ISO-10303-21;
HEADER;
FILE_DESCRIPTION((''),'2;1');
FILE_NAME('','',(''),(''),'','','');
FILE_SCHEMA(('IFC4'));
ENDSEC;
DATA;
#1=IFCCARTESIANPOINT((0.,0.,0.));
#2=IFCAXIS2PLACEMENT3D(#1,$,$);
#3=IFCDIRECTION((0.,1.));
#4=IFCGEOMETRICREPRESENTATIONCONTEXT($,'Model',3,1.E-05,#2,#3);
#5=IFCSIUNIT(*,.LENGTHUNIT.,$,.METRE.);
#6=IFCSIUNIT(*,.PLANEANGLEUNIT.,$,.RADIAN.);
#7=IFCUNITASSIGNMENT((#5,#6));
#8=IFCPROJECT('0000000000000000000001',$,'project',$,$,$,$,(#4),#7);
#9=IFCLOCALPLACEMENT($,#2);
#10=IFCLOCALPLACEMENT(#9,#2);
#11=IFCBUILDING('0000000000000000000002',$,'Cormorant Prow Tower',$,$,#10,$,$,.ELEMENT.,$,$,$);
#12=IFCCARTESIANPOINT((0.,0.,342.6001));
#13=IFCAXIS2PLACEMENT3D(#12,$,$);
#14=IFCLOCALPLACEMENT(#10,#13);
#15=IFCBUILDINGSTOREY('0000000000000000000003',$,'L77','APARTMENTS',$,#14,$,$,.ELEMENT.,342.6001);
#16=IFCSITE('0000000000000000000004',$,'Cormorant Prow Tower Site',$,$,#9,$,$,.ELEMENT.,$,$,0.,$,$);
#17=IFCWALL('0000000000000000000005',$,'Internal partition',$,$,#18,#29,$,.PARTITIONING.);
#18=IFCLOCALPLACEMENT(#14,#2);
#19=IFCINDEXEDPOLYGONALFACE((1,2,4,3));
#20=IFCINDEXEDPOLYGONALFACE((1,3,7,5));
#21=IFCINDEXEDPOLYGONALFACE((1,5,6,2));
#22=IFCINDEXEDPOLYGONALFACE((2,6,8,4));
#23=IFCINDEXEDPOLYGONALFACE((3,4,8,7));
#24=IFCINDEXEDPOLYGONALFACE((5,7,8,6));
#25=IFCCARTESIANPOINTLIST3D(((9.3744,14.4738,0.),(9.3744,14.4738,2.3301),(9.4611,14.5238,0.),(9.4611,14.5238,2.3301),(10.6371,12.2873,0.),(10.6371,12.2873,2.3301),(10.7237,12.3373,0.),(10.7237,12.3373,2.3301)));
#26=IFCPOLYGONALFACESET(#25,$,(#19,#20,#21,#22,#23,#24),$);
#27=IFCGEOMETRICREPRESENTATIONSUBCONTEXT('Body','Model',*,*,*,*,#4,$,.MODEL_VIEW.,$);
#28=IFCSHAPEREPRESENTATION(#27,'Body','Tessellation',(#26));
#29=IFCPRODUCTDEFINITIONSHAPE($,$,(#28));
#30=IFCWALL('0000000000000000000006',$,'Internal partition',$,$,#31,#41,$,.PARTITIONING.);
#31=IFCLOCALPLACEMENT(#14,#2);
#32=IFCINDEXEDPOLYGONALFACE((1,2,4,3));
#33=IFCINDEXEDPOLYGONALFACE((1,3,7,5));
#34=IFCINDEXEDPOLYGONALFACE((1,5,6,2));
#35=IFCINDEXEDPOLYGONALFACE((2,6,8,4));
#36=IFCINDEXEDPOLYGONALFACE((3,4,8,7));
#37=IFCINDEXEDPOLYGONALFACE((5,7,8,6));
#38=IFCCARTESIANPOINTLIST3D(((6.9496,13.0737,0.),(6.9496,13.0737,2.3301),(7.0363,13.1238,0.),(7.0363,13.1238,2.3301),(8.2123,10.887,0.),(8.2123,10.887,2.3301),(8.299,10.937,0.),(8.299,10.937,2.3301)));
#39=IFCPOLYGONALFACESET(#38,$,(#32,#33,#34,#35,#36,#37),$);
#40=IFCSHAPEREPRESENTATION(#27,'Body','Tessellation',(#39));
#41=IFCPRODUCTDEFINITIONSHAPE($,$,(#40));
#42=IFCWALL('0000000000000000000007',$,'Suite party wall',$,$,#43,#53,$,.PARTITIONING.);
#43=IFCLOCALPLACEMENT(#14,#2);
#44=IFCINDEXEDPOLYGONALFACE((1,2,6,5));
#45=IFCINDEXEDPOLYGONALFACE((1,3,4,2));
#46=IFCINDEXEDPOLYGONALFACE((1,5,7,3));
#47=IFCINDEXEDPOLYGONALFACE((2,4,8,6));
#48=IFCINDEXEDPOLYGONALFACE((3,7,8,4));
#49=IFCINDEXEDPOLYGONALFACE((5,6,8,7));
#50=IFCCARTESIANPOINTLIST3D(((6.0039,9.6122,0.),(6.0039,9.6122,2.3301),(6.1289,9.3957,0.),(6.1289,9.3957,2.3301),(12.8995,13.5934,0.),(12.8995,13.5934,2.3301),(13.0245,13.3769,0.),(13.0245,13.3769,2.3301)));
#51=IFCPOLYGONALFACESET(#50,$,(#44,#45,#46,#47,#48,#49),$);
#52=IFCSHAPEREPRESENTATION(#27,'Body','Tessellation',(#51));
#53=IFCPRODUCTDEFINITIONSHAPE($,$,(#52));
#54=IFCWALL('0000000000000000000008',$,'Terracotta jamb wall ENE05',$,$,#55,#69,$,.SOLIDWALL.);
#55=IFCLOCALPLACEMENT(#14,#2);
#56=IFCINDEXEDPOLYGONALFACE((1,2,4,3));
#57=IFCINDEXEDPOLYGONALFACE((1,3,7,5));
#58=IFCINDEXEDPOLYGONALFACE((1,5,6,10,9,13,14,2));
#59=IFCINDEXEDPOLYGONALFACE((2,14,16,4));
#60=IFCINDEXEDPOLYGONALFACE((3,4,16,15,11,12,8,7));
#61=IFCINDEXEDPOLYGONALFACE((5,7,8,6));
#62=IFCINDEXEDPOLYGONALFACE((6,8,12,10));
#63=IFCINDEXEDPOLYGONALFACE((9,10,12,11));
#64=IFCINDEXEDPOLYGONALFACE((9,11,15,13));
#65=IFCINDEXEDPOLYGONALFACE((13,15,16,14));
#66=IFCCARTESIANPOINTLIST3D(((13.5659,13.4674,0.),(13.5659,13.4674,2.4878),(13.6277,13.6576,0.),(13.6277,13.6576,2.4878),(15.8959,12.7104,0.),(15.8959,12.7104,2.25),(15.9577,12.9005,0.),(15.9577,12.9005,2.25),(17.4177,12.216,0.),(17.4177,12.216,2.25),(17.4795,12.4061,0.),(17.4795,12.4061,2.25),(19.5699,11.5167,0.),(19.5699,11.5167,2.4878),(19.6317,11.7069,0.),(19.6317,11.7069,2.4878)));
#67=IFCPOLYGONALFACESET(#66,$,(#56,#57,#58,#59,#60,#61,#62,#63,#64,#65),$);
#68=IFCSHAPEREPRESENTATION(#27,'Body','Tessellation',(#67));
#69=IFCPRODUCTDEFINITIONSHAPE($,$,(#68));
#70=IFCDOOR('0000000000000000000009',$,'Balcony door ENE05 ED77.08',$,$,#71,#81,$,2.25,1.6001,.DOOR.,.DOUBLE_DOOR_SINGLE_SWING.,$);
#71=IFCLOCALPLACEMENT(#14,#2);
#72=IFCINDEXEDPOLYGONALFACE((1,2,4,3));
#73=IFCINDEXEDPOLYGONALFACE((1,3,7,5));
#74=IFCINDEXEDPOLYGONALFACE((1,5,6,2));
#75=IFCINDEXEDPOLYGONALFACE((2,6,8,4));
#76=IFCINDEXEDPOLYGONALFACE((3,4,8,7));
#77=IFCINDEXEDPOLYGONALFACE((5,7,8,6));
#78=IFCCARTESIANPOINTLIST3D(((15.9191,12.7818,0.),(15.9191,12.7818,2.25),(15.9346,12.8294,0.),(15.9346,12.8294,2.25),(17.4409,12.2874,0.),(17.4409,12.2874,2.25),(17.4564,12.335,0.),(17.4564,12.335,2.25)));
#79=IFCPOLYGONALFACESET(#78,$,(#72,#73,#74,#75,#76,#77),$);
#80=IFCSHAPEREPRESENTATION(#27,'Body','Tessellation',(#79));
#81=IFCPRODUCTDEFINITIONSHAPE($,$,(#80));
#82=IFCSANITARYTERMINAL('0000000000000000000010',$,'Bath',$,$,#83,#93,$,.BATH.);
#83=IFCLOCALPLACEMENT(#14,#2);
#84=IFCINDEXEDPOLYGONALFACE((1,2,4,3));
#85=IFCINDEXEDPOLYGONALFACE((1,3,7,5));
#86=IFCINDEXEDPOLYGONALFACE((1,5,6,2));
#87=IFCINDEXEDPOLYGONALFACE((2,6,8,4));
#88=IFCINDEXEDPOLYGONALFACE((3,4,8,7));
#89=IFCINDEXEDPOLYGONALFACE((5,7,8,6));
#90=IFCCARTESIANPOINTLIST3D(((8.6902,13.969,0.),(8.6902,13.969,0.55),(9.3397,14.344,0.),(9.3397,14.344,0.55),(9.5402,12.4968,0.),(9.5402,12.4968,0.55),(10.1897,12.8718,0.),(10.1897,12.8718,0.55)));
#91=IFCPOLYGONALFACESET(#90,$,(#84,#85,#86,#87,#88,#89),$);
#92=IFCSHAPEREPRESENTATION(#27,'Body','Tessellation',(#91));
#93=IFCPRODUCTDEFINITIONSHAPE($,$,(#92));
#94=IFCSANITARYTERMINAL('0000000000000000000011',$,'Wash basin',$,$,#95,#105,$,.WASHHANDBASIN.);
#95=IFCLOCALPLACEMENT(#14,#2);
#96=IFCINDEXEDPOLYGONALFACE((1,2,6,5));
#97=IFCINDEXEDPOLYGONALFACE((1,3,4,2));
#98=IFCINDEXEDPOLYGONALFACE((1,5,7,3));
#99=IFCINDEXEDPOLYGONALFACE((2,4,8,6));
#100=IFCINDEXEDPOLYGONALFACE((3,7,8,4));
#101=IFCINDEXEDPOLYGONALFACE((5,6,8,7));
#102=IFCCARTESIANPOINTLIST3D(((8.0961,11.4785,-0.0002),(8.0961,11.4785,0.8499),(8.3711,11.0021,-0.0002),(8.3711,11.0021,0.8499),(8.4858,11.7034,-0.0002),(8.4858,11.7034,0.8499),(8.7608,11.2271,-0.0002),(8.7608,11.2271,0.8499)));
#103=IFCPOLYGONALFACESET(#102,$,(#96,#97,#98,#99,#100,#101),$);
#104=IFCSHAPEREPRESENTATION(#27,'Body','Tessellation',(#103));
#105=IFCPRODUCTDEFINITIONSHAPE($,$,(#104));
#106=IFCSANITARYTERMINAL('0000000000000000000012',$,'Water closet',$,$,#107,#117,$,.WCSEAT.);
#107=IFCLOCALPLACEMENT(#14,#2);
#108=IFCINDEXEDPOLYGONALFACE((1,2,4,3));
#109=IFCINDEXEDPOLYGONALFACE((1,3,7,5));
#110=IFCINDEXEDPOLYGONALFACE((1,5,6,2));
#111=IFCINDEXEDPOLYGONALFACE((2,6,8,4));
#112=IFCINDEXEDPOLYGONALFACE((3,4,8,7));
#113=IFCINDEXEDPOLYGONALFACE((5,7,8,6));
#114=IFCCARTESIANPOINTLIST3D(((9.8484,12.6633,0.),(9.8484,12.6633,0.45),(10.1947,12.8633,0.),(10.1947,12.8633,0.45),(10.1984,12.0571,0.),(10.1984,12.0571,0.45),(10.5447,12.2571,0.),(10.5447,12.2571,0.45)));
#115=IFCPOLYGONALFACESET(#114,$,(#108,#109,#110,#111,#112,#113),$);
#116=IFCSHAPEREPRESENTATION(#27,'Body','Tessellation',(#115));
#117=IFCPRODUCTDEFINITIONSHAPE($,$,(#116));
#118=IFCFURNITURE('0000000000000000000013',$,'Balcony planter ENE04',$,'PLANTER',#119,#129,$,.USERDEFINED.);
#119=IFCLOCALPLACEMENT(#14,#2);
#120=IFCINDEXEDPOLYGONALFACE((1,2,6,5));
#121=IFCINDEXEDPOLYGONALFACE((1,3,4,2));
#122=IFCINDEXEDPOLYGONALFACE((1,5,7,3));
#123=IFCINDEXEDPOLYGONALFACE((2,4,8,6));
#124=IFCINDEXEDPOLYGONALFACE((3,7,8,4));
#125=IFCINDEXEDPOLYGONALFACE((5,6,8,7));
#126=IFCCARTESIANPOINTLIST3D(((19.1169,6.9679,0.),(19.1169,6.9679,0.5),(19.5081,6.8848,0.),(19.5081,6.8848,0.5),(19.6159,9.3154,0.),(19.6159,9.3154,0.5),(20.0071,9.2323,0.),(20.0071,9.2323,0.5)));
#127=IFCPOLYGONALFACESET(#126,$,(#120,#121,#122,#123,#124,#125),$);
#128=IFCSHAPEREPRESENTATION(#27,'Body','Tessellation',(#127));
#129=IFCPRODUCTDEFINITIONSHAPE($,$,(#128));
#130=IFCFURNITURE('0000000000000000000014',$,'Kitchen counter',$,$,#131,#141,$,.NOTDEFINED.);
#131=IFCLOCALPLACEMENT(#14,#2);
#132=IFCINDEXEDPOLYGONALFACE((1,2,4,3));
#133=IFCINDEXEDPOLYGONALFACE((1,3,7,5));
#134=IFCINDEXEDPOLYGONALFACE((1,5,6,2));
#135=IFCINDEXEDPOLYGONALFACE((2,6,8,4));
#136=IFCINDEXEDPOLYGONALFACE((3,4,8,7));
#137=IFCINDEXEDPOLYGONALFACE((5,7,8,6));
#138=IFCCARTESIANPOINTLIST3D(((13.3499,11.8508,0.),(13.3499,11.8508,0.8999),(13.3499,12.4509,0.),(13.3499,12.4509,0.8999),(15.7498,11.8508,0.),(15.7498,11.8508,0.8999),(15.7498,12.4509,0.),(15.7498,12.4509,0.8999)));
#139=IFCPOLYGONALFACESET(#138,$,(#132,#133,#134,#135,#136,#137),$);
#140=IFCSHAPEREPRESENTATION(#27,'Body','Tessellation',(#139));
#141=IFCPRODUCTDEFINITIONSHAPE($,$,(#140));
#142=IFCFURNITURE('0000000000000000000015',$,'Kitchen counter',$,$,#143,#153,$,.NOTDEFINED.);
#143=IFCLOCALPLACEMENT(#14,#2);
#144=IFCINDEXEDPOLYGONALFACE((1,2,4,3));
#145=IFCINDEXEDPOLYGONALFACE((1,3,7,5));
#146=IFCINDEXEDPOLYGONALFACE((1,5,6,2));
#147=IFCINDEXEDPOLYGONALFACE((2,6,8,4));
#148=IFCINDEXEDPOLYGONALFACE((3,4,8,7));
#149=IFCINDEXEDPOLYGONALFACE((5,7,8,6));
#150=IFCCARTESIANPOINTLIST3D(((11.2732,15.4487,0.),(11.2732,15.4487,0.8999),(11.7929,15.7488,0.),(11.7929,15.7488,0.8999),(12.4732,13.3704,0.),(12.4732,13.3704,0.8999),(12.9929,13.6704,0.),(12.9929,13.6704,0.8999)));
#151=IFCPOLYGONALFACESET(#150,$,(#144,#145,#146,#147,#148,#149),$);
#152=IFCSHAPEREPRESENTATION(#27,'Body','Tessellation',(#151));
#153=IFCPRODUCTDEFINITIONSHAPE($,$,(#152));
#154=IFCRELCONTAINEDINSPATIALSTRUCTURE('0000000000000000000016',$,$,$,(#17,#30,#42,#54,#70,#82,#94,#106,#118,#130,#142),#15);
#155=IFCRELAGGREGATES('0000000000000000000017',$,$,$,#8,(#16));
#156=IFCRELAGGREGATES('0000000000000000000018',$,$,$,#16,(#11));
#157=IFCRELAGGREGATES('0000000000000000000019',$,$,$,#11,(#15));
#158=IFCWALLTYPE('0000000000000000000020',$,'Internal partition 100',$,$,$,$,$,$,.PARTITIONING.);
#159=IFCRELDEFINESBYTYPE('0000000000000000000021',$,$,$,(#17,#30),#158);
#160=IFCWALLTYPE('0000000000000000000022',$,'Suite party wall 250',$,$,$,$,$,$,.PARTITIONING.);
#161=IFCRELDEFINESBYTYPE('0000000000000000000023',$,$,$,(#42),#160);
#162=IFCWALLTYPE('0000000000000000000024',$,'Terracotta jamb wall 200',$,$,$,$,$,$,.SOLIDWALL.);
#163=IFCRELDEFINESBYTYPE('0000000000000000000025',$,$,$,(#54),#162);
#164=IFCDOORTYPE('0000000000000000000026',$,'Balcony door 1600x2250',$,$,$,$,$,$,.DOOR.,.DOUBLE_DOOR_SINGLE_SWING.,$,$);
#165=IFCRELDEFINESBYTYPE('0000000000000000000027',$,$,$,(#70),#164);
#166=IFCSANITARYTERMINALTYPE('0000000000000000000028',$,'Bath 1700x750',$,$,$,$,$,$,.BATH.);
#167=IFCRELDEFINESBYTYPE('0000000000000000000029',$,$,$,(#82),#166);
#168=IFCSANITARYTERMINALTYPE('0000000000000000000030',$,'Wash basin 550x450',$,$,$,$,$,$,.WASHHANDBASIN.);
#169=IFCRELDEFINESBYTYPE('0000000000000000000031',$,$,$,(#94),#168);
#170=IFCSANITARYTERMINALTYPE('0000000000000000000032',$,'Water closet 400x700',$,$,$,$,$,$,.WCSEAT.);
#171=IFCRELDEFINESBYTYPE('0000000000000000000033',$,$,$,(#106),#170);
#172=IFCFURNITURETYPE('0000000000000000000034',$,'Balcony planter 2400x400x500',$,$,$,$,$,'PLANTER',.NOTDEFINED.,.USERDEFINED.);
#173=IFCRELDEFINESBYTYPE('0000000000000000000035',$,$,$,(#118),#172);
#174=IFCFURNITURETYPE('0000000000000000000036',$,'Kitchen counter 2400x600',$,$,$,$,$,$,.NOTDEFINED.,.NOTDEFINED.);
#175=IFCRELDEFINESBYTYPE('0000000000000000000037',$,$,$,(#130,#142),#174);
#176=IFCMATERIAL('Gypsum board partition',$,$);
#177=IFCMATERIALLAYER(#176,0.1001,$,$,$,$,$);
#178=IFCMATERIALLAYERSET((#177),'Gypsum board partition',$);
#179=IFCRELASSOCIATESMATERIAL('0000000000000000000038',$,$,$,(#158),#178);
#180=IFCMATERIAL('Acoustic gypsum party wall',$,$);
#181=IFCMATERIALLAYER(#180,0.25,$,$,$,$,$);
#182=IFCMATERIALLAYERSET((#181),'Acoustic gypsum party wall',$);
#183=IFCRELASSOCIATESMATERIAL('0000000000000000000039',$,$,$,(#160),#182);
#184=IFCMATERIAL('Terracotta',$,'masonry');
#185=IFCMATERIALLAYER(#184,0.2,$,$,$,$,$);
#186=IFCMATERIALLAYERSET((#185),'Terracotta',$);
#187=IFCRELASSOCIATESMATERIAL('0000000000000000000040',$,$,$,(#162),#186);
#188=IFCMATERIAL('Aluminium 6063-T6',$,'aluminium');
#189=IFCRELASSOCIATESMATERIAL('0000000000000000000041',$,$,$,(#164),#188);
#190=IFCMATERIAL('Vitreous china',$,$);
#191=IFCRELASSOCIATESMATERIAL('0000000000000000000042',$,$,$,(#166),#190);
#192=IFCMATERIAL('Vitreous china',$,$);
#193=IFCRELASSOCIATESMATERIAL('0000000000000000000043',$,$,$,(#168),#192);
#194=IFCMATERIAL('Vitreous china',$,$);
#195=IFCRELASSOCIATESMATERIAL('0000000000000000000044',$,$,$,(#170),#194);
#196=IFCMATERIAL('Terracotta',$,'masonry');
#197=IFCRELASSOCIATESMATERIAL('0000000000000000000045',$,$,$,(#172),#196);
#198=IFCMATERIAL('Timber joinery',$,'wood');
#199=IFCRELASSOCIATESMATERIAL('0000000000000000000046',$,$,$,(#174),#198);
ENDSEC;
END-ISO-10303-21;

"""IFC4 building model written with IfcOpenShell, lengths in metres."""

from ifc_helpers import new_model, si_unit, direction, frame, frame_2d, origin, origin_2d, place, context, subcontext, project, spatial, rectangle, extrude, material, layer, layer_set, type_object, element, fill, save


model = new_model("IFC4")

# Units and contexts
model_context = context("Model", 3, precision=1e-05, world=origin(), true_north=direction((0.0, 1.0)))
body_context = subcontext(model_context, "Body", "Model", "MODEL_VIEW")
ifc_project = project(units=[si_unit("LENGTHUNIT", "METRE"), si_unit("PLANEANGLEUNIT", "RADIAN")], contexts=[model_context])

# Site, building, storey
site_placement = place(None, origin())
site = spatial("IfcSite", under=ifc_project, at=site_placement, Name="Cormorant Prow Tower Site", CompositionType="ELEMENT", RefElevation=0.0)
building_placement = place(site_placement, origin())
building = spatial("IfcBuilding", under=site, at=building_placement, Name="Cormorant Prow Tower", CompositionType="ELEMENT")
storey_placement = place(building_placement, frame((0.0, 0.0, 342.6001)))
storey = spatial("IfcBuildingStorey", under=building, at=storey_placement, Name="L77", Description="APARTMENTS", CompositionType="ELEMENT", Elevation=342.6001)

# Shared definitions
ifc_material_1 = material(Name="Gypsum board partition")
ifc_layer_1 = layer(ifc_material_1, 0.1001)
ifc_layer_set_1 = layer_set([ifc_layer_1], Name="Gypsum board partition")
wall_type_1 = type_object("IfcWallType", Name="Internal partition 100", PredefinedType="PARTITIONING", material=ifc_layer_set_1)

# Walls
wall_1_placement = place(storey_placement, frame((9.4177, 14.4988, 0.0), z_axis=(0.0, 0.0, 1.0), x_axis=(0.500091, -0.865973, 0.0)))
element("IfcWall", 1, at=wall_1_placement, inside=storey, type_object=wall_type_1, Name="Internal partition", PredefinedType="PARTITIONING", context=body_context, shape_type="SweptSolid", body=[
    extrude(rectangle(XDim=2.5249, YDim=0.1001, at=frame_2d((1.2625, 0.0))), origin(), (0.0, 0.0, 1.0), 2.3301),
])
wall_2_placement = place(storey_placement, frame((6.9929, 13.0989, 0.0), z_axis=(0.0, 0.0, 1.0), x_axis=(0.500049, -0.865997, 0.0)))
element("IfcWall", 2, at=wall_2_placement, inside=storey, type_object=wall_type_1, Name="Internal partition", PredefinedType="PARTITIONING", context=body_context, shape_type="SweptSolid", body=[
    extrude(rectangle(XDim=2.5251, YDim=0.1001, at=frame_2d((1.2627, 0.0))), origin(), (0.0, 0.0, 1.0), 2.3301),
])
ifc_material_2 = material(Name="Acoustic gypsum party wall")
ifc_layer_2 = layer(ifc_material_2, 0.25)
ifc_layer_set_2 = layer_set([ifc_layer_2], Name="Acoustic gypsum party wall")
wall_type_2 = type_object("IfcWallType", Name="Suite party wall 250", PredefinedType="PARTITIONING", material=ifc_layer_set_2)
wall_3_placement = place(storey_placement, frame((6.0664, 9.5039, 0.0), z_axis=(0.0, 0.0, 1.0), x_axis=(0.866021, 0.500007, 0.0)))
element("IfcWall", 3, at=wall_3_placement, inside=storey, type_object=wall_type_2, Name="Suite party wall", PredefinedType="PARTITIONING", context=body_context, shape_type="SweptSolid", body=[
    extrude(rectangle(XDim=7.9624, YDim=0.25, at=frame_2d((3.9812, 0.0))), origin(), (0.0, 0.0, 1.0), 2.3301),
])

# Wall, opening, door
ifc_material_3 = material(Name="Terracotta", Category="masonry")
ifc_layer_3 = layer(ifc_material_3, 0.2)
ifc_layer_set_3 = layer_set([ifc_layer_3], Name="Terracotta")
wall_type_3 = type_object("IfcWallType", Name="Terracotta jamb wall 200", PredefinedType="SOLIDWALL", material=ifc_layer_set_3)
wall_4_placement = place(storey_placement, frame((19.6008, 11.6118, 0.0), z_axis=(0.0, 0.0, 1.0), x_axis=(-0.951065, 0.308991, 0.0)))
wall_4 = element("IfcWall", 4, at=wall_4_placement, inside=storey, type_object=wall_type_3, Name="Terracotta jamb wall ENE05", PredefinedType="SOLIDWALL", context=body_context, shape_type="SweptSolid", body=[
    extrude(rectangle(XDim=6.313, YDim=0.2, at=frame_2d((3.1565, 0.0))), origin(), (0.0, 0.0, 1.0), 2.4878),
])
opening_1_placement = place(wall_4_placement, frame((2.2629, 0.0, 0.0)))
opening_1 = element("IfcOpeningElement", 5, at=opening_1_placement, cuts=wall_4, PredefinedType="OPENING", context=body_context, shape_type="SweptSolid", body=[
    extrude(rectangle(XDim=1.6001, YDim=2.25, at=frame_2d((0.8, 1.125))), frame((0.0, 0.1099, 0.0), z_axis=(0.0, -1.0, 0.0), x_axis=(1.0, 0.0, 0.0)), (0.0, 0.0, 1.0), 0.22),
])
ifc_material_4 = material(Name="Aluminium 6063-T6", Category="aluminium")
door_type_1 = type_object("IfcDoorType", Name="Balcony door 1600x2250", OperationType="DOUBLE_DOOR_SINGLE_SWING", PredefinedType="DOOR", material=ifc_material_4)
door_1_placement = place(opening_1_placement, origin())
door_1 = element("IfcDoor", 6, at=door_1_placement, inside=storey, type_object=door_type_1, Name="Balcony door ENE05 ED77.08", OperationType="DOUBLE_DOOR_SINGLE_SWING", OverallHeight=2.25, OverallWidth=1.6001, PredefinedType="DOOR", context=body_context, shape_type="SweptSolid", body=[
    extrude(rectangle(XDim=1.6001, YDim=2.25, at=frame_2d((0.8, 1.125))), frame((0.0, 0.0249, 0.0), z_axis=(0.0, -1.0, 0.0), x_axis=(1.0, 0.0, 0.0)), (0.0, 0.0, 1.0), 0.05),
])
fill(opening_1, door_1)

# Sanitary terminals
ifc_material_5 = material(Name="Vitreous china")
sanitary_terminal_type_1 = type_object("IfcSanitaryTerminalType", Name="Bath 1700x750", PredefinedType="BATH", material=ifc_material_5)
sanitary_terminal_1_placement = place(storey_placement, frame((9.4399, 13.4204, 0.0), z_axis=(0.0, 0.0, 1.0), x_axis=(0.5, -0.866025, 0.0)))
element("IfcSanitaryTerminal", 7, at=sanitary_terminal_1_placement, inside=storey, type_object=sanitary_terminal_type_1, Name="Bath", PredefinedType="BATH", context=body_context, shape_type="SweptSolid", body=[
    extrude(rectangle(XDim=1.7, YDim=0.75, at=origin_2d()), origin(), (0.0, 0.0, 1.0), 0.55),
])
ifc_material_6 = material(Name="Vitreous china")
sanitary_terminal_type_2 = type_object("IfcSanitaryTerminalType", Name="Wash basin 550x450", PredefinedType="WASHHANDBASIN", material=ifc_material_6)
sanitary_terminal_2_placement = place(storey_placement, frame((8.4285, 11.3528, -0.0002), z_axis=(0.0, 0.0, 1.0), x_axis=(-0.5, 0.866025, 0.0)))
element("IfcSanitaryTerminal", 8, at=sanitary_terminal_2_placement, inside=storey, type_object=sanitary_terminal_type_2, Name="Wash basin", PredefinedType="WASHHANDBASIN", context=body_context, shape_type="SweptSolid", body=[
    extrude(rectangle(XDim=0.55, YDim=0.45, at=origin_2d()), origin(), (0.0, 0.0, 1.0), 0.8501),
])
ifc_material_7 = material(Name="Vitreous china")
sanitary_terminal_type_3 = type_object("IfcSanitaryTerminalType", Name="Water closet 400x700", PredefinedType="WCSEAT", material=ifc_material_7)
sanitary_terminal_3_placement = place(storey_placement, frame((10.1965, 12.4602, 0.0), z_axis=(0.0, 0.0, 1.0), x_axis=(-0.866025, -0.5, 0.0)))
element("IfcSanitaryTerminal", 9, at=sanitary_terminal_3_placement, inside=storey, type_object=sanitary_terminal_type_3, Name="Water closet", PredefinedType="WCSEAT", context=body_context, shape_type="SweptSolid", body=[
    extrude(rectangle(XDim=0.3999, YDim=0.7, at=origin_2d()), origin(), (0.0, 0.0, 1.0), 0.45),
])

# Furniture
ifc_material_8 = material(Name="Terracotta", Category="masonry")
furniture_type_1 = type_object("IfcFurnitureType", Name="Balcony planter 2400x400x500", ElementType="PLANTER", AssemblyPlace="NOTDEFINED", PredefinedType="USERDEFINED", material=ifc_material_8)
furniture_placement = place(storey_placement, frame((19.562, 8.1001, 0.0), z_axis=(0.0, 0.0, 1.0), x_axis=(0.207912, 0.978148, 0.0)))
element("IfcFurniture", 10, at=furniture_placement, inside=storey, type_object=furniture_type_1, Name="Balcony planter ENE04", ObjectType="PLANTER", PredefinedType="USERDEFINED", context=body_context, shape_type="SweptSolid", body=[
    extrude(rectangle(XDim=2.3999, YDim=0.3999, at=origin_2d()), origin(), (0.0, 0.0, 1.0), 0.5),
])
ifc_material_9 = material(Name="Timber joinery", Category="wood")
furniture_type_2 = type_object("IfcFurnitureType", Name="Kitchen counter 2400x600", AssemblyPlace="NOTDEFINED", PredefinedType="NOTDEFINED", material=ifc_material_9)
for number, where, z_axis, x_axis, name in (
    (11, (14.5498, 12.1509, 0.0), (0.0, 0.0, 1.0), (1.0, 0.0, 0.0), "Kitchen counter"),
    (12, (12.1331, 14.5596, 0.0), (0.0, 0.0, 1.0), (-0.5, 0.866025, 0.0), "Kitchen counter"),
):
    element("IfcFurniture", number, at=place(storey_placement, frame(where, z_axis=z_axis, x_axis=x_axis)), inside=storey, type_object=furniture_type_2, Name=name, PredefinedType="NOTDEFINED", context=body_context, shape_type="SweptSolid", body=[
        extrude(rectangle(XDim=2.3999, YDim=0.6001, at=origin_2d()), origin(), (0.0, 0.0, 1.0), 0.8999),
    ])

save(model, "model.ifc")
